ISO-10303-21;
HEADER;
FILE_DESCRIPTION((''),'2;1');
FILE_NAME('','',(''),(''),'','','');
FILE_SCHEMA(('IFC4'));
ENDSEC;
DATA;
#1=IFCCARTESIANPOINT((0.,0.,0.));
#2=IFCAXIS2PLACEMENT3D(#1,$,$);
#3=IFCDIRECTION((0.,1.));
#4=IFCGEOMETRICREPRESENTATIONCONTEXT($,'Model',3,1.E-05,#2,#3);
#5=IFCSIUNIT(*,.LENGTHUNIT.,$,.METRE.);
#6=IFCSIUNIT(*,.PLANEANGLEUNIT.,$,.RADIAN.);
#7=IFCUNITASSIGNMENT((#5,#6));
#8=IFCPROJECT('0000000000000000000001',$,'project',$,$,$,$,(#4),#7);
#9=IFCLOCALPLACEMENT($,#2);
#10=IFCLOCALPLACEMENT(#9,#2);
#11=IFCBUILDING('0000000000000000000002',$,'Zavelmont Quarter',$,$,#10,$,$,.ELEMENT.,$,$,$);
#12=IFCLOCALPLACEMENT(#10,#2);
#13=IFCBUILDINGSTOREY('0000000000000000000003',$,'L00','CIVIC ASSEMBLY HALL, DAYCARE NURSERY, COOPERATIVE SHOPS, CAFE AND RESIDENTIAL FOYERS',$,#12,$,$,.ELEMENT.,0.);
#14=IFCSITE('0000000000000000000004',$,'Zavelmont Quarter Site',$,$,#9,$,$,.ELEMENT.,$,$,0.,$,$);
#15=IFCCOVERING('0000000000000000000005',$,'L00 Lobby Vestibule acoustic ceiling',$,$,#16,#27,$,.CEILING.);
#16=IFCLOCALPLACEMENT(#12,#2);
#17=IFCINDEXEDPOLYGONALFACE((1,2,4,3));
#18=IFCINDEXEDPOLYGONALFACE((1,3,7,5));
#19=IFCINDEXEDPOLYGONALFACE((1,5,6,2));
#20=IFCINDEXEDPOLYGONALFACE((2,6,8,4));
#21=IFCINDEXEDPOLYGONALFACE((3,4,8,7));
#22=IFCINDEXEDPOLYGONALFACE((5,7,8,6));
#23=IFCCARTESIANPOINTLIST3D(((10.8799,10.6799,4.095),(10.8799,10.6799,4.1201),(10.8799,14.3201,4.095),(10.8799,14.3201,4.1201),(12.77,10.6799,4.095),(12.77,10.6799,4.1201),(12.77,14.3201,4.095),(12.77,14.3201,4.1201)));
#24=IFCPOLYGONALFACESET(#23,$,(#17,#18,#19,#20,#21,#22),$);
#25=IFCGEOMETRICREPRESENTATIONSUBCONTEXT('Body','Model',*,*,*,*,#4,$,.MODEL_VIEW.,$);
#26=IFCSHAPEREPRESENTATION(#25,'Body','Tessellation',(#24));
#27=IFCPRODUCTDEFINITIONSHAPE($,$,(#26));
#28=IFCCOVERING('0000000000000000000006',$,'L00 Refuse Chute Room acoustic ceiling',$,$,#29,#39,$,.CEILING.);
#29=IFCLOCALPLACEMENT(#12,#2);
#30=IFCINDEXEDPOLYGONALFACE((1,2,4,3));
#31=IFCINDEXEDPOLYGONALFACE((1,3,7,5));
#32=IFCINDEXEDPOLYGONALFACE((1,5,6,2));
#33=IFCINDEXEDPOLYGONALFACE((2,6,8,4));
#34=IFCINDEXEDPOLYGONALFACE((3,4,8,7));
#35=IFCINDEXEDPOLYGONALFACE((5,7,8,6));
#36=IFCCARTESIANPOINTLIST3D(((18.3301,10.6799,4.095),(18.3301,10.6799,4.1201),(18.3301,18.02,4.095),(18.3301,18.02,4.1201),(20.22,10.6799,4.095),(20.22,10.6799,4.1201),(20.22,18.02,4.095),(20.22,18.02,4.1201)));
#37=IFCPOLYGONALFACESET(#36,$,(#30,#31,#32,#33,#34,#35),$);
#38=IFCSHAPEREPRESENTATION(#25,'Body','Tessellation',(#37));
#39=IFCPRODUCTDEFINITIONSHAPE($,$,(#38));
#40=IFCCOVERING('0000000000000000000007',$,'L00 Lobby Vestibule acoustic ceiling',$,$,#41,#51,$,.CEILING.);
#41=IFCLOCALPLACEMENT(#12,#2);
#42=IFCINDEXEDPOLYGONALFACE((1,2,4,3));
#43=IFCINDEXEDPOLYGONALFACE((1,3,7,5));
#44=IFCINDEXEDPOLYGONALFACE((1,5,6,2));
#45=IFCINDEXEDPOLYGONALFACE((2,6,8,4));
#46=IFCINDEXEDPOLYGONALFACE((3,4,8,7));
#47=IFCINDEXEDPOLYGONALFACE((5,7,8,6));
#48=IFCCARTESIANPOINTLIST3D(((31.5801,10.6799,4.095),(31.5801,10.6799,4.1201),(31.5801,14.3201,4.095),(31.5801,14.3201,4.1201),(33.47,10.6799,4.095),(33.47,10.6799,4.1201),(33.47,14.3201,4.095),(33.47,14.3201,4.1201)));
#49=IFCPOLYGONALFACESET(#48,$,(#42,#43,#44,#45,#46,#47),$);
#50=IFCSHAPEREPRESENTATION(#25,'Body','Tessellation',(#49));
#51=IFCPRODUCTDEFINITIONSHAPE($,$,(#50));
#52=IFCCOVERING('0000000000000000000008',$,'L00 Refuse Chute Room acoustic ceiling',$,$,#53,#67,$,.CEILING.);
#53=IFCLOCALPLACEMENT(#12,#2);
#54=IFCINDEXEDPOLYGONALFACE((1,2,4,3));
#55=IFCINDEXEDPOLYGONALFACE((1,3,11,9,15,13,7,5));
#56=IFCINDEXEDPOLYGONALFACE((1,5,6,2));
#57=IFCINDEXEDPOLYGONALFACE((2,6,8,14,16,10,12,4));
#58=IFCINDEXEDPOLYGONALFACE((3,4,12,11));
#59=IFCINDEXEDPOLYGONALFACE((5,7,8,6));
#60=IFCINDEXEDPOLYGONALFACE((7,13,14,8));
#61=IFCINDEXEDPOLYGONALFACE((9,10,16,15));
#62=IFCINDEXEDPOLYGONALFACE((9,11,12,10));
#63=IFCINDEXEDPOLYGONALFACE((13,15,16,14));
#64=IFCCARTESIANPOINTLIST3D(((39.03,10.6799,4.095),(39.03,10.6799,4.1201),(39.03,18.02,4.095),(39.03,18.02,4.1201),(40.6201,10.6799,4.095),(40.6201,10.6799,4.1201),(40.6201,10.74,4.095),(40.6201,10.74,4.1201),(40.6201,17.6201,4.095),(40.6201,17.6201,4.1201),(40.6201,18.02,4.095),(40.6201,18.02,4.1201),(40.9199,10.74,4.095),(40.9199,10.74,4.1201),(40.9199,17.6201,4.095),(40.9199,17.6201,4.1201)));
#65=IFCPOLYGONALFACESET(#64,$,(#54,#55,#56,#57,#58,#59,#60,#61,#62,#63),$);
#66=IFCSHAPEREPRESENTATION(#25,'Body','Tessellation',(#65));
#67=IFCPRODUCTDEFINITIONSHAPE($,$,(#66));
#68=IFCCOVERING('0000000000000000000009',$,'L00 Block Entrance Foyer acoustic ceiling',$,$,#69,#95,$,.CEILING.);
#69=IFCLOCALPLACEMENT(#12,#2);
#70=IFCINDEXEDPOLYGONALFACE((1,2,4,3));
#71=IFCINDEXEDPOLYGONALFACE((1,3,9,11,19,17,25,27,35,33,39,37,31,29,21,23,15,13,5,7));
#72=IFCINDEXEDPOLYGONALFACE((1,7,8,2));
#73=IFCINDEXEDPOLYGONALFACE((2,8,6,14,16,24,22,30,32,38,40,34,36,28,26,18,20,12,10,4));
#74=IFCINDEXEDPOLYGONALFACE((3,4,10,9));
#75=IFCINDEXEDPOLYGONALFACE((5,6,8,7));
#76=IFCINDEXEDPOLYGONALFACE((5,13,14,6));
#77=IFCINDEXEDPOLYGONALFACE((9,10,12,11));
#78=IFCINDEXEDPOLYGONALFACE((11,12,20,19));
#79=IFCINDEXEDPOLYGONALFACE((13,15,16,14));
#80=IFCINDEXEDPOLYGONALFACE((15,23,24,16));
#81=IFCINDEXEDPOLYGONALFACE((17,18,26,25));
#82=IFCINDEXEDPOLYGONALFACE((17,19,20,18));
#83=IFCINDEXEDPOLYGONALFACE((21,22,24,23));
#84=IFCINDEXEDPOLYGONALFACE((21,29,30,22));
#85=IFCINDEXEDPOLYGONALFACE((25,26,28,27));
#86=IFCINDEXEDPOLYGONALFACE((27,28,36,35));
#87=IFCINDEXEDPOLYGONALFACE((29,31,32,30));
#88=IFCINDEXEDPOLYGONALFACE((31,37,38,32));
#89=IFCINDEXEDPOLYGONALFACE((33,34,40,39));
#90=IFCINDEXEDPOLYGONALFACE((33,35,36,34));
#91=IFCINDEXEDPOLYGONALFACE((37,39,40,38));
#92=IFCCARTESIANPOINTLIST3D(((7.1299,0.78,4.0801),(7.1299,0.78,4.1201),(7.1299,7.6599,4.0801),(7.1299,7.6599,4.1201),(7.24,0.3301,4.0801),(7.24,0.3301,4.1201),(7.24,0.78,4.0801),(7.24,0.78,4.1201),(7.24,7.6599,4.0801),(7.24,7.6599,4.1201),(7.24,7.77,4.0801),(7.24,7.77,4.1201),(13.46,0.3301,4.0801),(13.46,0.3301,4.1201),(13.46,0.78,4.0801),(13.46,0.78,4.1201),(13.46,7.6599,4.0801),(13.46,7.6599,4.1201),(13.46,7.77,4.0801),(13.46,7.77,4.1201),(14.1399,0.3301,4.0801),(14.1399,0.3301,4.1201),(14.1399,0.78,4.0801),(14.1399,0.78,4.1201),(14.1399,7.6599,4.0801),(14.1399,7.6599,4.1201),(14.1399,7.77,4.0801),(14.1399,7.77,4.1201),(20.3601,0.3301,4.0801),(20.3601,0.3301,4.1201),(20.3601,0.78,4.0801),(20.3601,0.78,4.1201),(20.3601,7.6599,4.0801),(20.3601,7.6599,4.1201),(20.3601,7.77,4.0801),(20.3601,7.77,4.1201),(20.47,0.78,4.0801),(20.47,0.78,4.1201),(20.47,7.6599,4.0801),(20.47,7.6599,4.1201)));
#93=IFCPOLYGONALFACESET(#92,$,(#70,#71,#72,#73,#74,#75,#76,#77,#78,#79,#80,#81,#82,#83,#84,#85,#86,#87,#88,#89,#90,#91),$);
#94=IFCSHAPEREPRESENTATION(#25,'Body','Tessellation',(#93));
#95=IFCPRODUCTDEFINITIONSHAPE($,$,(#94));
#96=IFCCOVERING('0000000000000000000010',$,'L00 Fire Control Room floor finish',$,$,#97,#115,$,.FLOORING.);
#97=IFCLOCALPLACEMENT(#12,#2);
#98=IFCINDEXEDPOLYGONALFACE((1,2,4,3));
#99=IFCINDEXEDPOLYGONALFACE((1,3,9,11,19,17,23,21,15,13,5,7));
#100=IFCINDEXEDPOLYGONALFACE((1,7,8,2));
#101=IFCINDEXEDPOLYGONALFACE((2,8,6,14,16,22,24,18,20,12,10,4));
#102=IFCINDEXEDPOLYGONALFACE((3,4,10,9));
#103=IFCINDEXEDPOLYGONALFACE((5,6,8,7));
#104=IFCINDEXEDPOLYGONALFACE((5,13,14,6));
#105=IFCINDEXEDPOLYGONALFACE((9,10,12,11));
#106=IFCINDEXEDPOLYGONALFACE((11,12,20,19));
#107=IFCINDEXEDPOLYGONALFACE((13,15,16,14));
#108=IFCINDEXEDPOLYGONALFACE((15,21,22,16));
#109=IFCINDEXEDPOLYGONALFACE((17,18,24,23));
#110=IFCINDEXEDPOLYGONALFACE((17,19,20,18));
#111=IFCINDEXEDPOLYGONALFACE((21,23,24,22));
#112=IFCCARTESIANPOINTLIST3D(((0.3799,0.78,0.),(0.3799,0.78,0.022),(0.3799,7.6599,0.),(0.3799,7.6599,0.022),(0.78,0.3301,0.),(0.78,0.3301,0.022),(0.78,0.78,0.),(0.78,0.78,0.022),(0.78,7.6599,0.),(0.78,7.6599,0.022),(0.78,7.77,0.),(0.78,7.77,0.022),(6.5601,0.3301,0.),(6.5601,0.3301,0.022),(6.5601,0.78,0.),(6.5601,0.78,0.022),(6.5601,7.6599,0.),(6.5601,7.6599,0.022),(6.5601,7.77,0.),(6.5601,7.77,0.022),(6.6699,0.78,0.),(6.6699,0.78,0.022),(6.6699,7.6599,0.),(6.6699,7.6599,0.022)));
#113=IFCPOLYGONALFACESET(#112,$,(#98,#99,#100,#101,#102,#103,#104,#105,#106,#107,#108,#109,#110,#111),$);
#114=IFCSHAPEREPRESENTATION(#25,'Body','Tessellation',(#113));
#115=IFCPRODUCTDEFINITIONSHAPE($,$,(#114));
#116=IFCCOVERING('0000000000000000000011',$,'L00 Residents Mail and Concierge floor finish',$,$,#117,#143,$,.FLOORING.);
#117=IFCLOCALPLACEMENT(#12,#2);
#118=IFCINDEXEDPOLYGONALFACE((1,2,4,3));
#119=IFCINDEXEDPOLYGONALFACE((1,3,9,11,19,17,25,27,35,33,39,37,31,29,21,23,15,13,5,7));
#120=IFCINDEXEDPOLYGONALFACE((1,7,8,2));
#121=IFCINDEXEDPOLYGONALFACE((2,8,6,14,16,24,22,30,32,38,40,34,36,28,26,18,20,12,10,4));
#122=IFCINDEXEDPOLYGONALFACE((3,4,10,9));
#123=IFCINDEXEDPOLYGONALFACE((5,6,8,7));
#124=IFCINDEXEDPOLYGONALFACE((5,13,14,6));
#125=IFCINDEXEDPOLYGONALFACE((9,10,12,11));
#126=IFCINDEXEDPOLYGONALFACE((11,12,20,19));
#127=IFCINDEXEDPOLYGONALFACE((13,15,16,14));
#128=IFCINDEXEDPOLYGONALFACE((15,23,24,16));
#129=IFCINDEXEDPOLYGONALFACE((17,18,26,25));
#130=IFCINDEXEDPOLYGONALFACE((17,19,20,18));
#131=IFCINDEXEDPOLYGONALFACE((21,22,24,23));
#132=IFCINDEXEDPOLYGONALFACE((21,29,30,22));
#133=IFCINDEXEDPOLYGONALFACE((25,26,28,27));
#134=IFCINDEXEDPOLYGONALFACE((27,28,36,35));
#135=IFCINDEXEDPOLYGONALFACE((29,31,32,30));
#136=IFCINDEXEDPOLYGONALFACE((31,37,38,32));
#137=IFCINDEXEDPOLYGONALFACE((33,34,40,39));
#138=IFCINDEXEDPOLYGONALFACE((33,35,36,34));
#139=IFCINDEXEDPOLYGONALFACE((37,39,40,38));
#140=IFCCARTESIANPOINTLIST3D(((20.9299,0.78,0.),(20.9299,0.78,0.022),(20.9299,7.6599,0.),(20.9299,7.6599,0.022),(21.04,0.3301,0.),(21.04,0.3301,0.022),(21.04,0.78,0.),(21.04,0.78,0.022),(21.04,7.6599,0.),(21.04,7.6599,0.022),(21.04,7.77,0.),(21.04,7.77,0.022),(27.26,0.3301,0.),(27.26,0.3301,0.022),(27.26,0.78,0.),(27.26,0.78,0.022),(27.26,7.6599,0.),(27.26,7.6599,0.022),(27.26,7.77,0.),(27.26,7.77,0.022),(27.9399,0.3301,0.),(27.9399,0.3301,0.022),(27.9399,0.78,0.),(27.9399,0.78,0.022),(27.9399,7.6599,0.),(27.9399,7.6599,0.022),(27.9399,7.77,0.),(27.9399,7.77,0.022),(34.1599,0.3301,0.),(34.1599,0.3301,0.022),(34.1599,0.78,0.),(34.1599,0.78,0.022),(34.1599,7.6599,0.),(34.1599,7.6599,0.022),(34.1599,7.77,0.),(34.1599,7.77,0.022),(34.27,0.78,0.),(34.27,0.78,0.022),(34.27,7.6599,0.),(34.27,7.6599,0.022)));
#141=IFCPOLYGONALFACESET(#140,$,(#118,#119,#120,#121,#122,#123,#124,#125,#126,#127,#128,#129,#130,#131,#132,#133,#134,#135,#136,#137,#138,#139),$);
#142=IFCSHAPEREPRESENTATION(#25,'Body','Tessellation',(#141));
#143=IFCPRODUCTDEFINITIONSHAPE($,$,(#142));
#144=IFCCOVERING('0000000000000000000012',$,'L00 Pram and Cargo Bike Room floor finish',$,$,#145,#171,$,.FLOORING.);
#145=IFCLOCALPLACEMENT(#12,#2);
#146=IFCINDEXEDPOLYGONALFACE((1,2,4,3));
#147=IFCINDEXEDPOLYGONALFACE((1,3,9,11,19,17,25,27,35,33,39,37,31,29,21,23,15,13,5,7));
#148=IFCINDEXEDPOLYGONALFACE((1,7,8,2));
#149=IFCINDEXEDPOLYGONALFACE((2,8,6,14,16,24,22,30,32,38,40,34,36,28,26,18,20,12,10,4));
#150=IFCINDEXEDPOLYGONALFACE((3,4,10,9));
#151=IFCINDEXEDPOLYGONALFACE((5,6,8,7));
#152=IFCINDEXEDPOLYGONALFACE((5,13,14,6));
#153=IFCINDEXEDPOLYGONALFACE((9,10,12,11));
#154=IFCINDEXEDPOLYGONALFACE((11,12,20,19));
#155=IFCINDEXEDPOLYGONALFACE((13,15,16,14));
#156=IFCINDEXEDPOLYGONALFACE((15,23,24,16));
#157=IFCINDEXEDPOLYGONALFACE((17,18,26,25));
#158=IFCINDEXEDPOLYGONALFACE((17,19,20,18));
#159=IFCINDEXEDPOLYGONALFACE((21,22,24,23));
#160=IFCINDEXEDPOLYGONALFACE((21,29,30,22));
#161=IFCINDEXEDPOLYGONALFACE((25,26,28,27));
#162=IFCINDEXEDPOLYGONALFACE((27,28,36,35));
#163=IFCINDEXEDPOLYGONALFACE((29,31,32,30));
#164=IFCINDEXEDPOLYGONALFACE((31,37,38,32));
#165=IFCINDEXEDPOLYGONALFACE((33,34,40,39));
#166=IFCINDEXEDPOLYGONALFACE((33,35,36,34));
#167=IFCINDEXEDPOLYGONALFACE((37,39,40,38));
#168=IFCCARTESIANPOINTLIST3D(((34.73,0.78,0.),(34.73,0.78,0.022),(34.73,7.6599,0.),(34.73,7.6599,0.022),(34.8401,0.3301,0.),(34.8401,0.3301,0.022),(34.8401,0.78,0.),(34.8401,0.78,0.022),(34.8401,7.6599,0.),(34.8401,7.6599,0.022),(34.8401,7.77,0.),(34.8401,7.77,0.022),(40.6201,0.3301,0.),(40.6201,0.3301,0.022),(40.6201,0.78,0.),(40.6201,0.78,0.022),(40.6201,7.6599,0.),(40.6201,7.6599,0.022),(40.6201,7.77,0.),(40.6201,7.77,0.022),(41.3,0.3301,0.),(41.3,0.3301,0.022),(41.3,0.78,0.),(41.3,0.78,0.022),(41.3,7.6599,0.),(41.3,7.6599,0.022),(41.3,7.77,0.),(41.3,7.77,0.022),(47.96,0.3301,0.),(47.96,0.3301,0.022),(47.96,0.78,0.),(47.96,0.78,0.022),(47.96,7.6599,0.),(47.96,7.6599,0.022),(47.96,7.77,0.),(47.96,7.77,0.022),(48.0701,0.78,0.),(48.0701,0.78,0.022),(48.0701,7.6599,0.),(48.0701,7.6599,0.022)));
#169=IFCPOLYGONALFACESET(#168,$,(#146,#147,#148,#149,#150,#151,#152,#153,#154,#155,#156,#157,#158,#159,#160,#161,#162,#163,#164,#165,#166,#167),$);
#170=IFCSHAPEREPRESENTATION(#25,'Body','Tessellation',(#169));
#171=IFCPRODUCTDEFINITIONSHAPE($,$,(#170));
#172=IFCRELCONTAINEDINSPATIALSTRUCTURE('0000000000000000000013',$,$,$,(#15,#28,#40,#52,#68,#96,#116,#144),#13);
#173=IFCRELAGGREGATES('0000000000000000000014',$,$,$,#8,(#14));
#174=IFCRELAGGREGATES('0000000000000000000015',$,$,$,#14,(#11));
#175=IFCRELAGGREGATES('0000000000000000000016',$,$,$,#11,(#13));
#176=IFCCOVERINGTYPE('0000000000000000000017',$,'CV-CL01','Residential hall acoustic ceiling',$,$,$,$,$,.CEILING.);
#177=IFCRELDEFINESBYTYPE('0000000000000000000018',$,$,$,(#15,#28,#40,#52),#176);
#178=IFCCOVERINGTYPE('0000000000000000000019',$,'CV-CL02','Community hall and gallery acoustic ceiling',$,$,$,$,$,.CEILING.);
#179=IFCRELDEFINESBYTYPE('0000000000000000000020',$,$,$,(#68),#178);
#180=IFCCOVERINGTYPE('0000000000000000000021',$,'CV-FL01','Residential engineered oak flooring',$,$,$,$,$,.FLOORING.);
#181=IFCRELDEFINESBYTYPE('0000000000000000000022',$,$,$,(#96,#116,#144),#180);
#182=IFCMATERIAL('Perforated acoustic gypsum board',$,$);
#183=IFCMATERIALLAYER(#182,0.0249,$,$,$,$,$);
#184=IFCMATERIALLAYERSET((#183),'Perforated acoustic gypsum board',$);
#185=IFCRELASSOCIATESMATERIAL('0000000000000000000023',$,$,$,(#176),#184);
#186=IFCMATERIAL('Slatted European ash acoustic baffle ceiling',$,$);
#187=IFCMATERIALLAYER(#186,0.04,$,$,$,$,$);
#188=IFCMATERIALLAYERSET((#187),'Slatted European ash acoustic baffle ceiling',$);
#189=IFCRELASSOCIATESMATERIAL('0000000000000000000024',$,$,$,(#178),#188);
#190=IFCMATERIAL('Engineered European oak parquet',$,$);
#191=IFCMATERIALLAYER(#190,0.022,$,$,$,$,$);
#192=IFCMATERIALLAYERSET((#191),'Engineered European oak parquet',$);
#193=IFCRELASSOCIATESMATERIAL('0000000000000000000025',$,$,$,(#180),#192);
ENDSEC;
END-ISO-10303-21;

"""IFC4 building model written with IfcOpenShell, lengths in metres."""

from ifc_helpers import new_model, si_unit, direction, frame, origin, place, context, subcontext, project, spatial, polyline, outline, extrude, material, layer, layer_set, type_object, element, save


model = new_model("IFC4")

# Units and contexts
model_context = context("Model", 3, precision=1e-05, world=origin(), true_north=direction((0.0, 1.0)))
body_context = subcontext(model_context, "Body", "Model", "MODEL_VIEW")
ifc_project = project(units=[si_unit("LENGTHUNIT", "METRE"), si_unit("PLANEANGLEUNIT", "RADIAN")], contexts=[model_context])

# Site, building, storey
site_placement = place(None, origin())
site = spatial("IfcSite", under=ifc_project, at=site_placement, Name="Zavelmont Quarter Site", CompositionType="ELEMENT", RefElevation=0.0)
building_placement = place(site_placement, origin())
building = spatial("IfcBuilding", under=site, at=building_placement, Name="Zavelmont Quarter", CompositionType="ELEMENT")
storey_placement = place(building_placement, origin())
storey = spatial("IfcBuildingStorey", under=building, at=storey_placement, Name="L00", Description="CIVIC ASSEMBLY HALL, DAYCARE NURSERY, COOPERATIVE SHOPS, CAFE AND RESIDENTIAL FOYERS", CompositionType="ELEMENT", Elevation=0.0)

# Coverings
ifc_material_1 = material(Name="Perforated acoustic gypsum board")
ifc_layer_1 = layer(ifc_material_1, 0.0249)
ifc_layer_set_1 = layer_set([ifc_layer_1], Name="Perforated acoustic gypsum board")
covering_type_1 = type_object("IfcCoveringType", Name="CV-CL01", Description="Residential hall acoustic ceiling", PredefinedType="CEILING", material=ifc_layer_set_1)
covering_1_placement = place(storey_placement, frame((0.0, 0.0, 4.095)))
element("IfcCovering", 1, at=covering_1_placement, inside=storey, type_object=covering_type_1, Name="L00 Lobby Vestibule acoustic ceiling", PredefinedType="CEILING", context=body_context, shape_type="SweptSolid", body=[
    extrude(outline(polyline([(10.8799, 14.3201), (12.77, 14.3201), (12.77, 10.6799), (10.8799, 10.6799), (10.8799, 14.3201)])), origin(), (0.0, 0.0, 1.0), 0.0251),
])
covering_2_placement = place(storey_placement, frame((0.0, 0.0, 4.095)))
element("IfcCovering", 2, at=covering_2_placement, inside=storey, type_object=covering_type_1, Name="L00 Refuse Chute Room acoustic ceiling", PredefinedType="CEILING", context=body_context, shape_type="SweptSolid", body=[
    extrude(outline(polyline([(18.3301, 18.02), (20.22, 18.02), (20.22, 10.6799), (18.3301, 10.6799), (18.3301, 18.02)])), origin(), (0.0, 0.0, 1.0), 0.0251),
])
covering_3_placement = place(storey_placement, frame((0.0, 0.0, 4.095)))
element("IfcCovering", 3, at=covering_3_placement, inside=storey, type_object=covering_type_1, Name="L00 Lobby Vestibule acoustic ceiling", PredefinedType="CEILING", context=body_context, shape_type="SweptSolid", body=[
    extrude(outline(polyline([(31.5801, 14.3201), (33.47, 14.3201), (33.47, 10.6799), (31.5801, 10.6799), (31.5801, 14.3201)])), origin(), (0.0, 0.0, 1.0), 0.0251),
])
covering_4_placement = place(storey_placement, frame((0.0, 0.0, 4.095)))
element("IfcCovering", 4, at=covering_4_placement, inside=storey, type_object=covering_type_1, Name="L00 Refuse Chute Room acoustic ceiling", PredefinedType="CEILING", context=body_context, shape_type="SweptSolid", body=[
    extrude(outline(polyline([(39.03, 18.02), (40.6201, 18.02), (40.6201, 17.6201), (40.9199, 17.6201), (40.9199, 10.74), (40.6201, 10.74), (40.6201, 10.6799), (39.03, 10.6799), (39.03, 18.02)])), origin(), (0.0, 0.0, 1.0), 0.0251),
])
ifc_material_2 = material(Name="Slatted European ash acoustic baffle ceiling")
ifc_layer_2 = layer(ifc_material_2, 0.04)
ifc_layer_set_2 = layer_set([ifc_layer_2], Name="Slatted European ash acoustic baffle ceiling")
covering_type_2 = type_object("IfcCoveringType", Name="CV-CL02", Description="Community hall and gallery acoustic ceiling", PredefinedType="CEILING", material=ifc_layer_set_2)
covering_5_placement = place(storey_placement, frame((0.0, 0.0, 4.0801)))
element("IfcCovering", 5, at=covering_5_placement, inside=storey, type_object=covering_type_2, Name="L00 Block Entrance Foyer acoustic ceiling", PredefinedType="CEILING", context=body_context, shape_type="SweptSolid", body=[
    extrude(outline(polyline([(7.1299, 7.6599), (7.24, 7.6599), (7.24, 7.77), (13.46, 7.77), (13.46, 7.6599), (14.1399, 7.6599), (14.1399, 7.77), (20.3601, 7.77), (20.3601, 7.6599), (20.47, 7.6599), (20.47, 0.78), (20.3601, 0.78), (20.3601, 0.3301), (14.1399, 0.3301), (14.1399, 0.78), (13.46, 0.78), (13.46, 0.3301), (7.24, 0.3301), (7.24, 0.78), (7.1299, 0.78), (7.1299, 7.6599)])), origin(), (0.0, 0.0, 1.0), 0.04),
])
ifc_material_3 = material(Name="Engineered European oak parquet")
ifc_layer_3 = layer(ifc_material_3, 0.022)
ifc_layer_set_3 = layer_set([ifc_layer_3], Name="Engineered European oak parquet")
covering_type_3 = type_object("IfcCoveringType", Name="CV-FL01", Description="Residential engineered oak flooring", PredefinedType="FLOORING", material=ifc_layer_set_3)
covering_6_placement = place(storey_placement, origin())
element("IfcCovering", 6, at=covering_6_placement, inside=storey, type_object=covering_type_3, Name="L00 Fire Control Room floor finish", PredefinedType="FLOORING", context=body_context, shape_type="SweptSolid", body=[
    extrude(outline(polyline([(0.3799, 7.6599), (0.78, 7.6599), (0.78, 7.77), (6.5601, 7.77), (6.5601, 7.6599), (6.6699, 7.6599), (6.6699, 0.78), (6.5601, 0.78), (6.5601, 0.3301), (0.78, 0.3301), (0.78, 0.78), (0.3799, 0.78), (0.3799, 7.6599)])), origin(), (0.0, 0.0, 1.0), 0.022),
])
covering_7_placement = place(storey_placement, origin())
element("IfcCovering", 7, at=covering_7_placement, inside=storey, type_object=covering_type_3, Name="L00 Residents Mail and Concierge floor finish", PredefinedType="FLOORING", context=body_context, shape_type="SweptSolid", body=[
    extrude(outline(polyline([(20.9299, 7.6599), (21.04, 7.6599), (21.04, 7.77), (27.26, 7.77), (27.26, 7.6599), (27.9399, 7.6599), (27.9399, 7.77), (34.1599, 7.77), (34.1599, 7.6599), (34.27, 7.6599), (34.27, 0.78), (34.1599, 0.78), (34.1599, 0.3301), (27.9399, 0.3301), (27.9399, 0.78), (27.26, 0.78), (27.26, 0.3301), (21.04, 0.3301), (21.04, 0.78), (20.9299, 0.78), (20.9299, 7.6599)])), origin(), (0.0, 0.0, 1.0), 0.022),
])
covering_8_placement = place(storey_placement, origin())
element("IfcCovering", 8, at=covering_8_placement, inside=storey, type_object=covering_type_3, Name="L00 Pram and Cargo Bike Room floor finish", PredefinedType="FLOORING", context=body_context, shape_type="SweptSolid", body=[
    extrude(outline(polyline([(34.73, 7.6599), (34.8401, 7.6599), (34.8401, 7.77), (40.6201, 7.77), (40.6201, 7.6599), (41.3, 7.6599), (41.3, 7.77), (47.96, 7.77), (47.96, 7.6599), (48.0701, 7.6599), (48.0701, 0.78), (47.96, 0.78), (47.96, 0.3301), (41.3, 0.3301), (41.3, 0.78), (40.6201, 0.78), (40.6201, 0.3301), (34.8401, 0.3301), (34.8401, 0.78), (34.73, 0.78), (34.73, 7.6599)])), origin(), (0.0, 0.0, 1.0), 0.022),
])

save(model, "model.ifc")
